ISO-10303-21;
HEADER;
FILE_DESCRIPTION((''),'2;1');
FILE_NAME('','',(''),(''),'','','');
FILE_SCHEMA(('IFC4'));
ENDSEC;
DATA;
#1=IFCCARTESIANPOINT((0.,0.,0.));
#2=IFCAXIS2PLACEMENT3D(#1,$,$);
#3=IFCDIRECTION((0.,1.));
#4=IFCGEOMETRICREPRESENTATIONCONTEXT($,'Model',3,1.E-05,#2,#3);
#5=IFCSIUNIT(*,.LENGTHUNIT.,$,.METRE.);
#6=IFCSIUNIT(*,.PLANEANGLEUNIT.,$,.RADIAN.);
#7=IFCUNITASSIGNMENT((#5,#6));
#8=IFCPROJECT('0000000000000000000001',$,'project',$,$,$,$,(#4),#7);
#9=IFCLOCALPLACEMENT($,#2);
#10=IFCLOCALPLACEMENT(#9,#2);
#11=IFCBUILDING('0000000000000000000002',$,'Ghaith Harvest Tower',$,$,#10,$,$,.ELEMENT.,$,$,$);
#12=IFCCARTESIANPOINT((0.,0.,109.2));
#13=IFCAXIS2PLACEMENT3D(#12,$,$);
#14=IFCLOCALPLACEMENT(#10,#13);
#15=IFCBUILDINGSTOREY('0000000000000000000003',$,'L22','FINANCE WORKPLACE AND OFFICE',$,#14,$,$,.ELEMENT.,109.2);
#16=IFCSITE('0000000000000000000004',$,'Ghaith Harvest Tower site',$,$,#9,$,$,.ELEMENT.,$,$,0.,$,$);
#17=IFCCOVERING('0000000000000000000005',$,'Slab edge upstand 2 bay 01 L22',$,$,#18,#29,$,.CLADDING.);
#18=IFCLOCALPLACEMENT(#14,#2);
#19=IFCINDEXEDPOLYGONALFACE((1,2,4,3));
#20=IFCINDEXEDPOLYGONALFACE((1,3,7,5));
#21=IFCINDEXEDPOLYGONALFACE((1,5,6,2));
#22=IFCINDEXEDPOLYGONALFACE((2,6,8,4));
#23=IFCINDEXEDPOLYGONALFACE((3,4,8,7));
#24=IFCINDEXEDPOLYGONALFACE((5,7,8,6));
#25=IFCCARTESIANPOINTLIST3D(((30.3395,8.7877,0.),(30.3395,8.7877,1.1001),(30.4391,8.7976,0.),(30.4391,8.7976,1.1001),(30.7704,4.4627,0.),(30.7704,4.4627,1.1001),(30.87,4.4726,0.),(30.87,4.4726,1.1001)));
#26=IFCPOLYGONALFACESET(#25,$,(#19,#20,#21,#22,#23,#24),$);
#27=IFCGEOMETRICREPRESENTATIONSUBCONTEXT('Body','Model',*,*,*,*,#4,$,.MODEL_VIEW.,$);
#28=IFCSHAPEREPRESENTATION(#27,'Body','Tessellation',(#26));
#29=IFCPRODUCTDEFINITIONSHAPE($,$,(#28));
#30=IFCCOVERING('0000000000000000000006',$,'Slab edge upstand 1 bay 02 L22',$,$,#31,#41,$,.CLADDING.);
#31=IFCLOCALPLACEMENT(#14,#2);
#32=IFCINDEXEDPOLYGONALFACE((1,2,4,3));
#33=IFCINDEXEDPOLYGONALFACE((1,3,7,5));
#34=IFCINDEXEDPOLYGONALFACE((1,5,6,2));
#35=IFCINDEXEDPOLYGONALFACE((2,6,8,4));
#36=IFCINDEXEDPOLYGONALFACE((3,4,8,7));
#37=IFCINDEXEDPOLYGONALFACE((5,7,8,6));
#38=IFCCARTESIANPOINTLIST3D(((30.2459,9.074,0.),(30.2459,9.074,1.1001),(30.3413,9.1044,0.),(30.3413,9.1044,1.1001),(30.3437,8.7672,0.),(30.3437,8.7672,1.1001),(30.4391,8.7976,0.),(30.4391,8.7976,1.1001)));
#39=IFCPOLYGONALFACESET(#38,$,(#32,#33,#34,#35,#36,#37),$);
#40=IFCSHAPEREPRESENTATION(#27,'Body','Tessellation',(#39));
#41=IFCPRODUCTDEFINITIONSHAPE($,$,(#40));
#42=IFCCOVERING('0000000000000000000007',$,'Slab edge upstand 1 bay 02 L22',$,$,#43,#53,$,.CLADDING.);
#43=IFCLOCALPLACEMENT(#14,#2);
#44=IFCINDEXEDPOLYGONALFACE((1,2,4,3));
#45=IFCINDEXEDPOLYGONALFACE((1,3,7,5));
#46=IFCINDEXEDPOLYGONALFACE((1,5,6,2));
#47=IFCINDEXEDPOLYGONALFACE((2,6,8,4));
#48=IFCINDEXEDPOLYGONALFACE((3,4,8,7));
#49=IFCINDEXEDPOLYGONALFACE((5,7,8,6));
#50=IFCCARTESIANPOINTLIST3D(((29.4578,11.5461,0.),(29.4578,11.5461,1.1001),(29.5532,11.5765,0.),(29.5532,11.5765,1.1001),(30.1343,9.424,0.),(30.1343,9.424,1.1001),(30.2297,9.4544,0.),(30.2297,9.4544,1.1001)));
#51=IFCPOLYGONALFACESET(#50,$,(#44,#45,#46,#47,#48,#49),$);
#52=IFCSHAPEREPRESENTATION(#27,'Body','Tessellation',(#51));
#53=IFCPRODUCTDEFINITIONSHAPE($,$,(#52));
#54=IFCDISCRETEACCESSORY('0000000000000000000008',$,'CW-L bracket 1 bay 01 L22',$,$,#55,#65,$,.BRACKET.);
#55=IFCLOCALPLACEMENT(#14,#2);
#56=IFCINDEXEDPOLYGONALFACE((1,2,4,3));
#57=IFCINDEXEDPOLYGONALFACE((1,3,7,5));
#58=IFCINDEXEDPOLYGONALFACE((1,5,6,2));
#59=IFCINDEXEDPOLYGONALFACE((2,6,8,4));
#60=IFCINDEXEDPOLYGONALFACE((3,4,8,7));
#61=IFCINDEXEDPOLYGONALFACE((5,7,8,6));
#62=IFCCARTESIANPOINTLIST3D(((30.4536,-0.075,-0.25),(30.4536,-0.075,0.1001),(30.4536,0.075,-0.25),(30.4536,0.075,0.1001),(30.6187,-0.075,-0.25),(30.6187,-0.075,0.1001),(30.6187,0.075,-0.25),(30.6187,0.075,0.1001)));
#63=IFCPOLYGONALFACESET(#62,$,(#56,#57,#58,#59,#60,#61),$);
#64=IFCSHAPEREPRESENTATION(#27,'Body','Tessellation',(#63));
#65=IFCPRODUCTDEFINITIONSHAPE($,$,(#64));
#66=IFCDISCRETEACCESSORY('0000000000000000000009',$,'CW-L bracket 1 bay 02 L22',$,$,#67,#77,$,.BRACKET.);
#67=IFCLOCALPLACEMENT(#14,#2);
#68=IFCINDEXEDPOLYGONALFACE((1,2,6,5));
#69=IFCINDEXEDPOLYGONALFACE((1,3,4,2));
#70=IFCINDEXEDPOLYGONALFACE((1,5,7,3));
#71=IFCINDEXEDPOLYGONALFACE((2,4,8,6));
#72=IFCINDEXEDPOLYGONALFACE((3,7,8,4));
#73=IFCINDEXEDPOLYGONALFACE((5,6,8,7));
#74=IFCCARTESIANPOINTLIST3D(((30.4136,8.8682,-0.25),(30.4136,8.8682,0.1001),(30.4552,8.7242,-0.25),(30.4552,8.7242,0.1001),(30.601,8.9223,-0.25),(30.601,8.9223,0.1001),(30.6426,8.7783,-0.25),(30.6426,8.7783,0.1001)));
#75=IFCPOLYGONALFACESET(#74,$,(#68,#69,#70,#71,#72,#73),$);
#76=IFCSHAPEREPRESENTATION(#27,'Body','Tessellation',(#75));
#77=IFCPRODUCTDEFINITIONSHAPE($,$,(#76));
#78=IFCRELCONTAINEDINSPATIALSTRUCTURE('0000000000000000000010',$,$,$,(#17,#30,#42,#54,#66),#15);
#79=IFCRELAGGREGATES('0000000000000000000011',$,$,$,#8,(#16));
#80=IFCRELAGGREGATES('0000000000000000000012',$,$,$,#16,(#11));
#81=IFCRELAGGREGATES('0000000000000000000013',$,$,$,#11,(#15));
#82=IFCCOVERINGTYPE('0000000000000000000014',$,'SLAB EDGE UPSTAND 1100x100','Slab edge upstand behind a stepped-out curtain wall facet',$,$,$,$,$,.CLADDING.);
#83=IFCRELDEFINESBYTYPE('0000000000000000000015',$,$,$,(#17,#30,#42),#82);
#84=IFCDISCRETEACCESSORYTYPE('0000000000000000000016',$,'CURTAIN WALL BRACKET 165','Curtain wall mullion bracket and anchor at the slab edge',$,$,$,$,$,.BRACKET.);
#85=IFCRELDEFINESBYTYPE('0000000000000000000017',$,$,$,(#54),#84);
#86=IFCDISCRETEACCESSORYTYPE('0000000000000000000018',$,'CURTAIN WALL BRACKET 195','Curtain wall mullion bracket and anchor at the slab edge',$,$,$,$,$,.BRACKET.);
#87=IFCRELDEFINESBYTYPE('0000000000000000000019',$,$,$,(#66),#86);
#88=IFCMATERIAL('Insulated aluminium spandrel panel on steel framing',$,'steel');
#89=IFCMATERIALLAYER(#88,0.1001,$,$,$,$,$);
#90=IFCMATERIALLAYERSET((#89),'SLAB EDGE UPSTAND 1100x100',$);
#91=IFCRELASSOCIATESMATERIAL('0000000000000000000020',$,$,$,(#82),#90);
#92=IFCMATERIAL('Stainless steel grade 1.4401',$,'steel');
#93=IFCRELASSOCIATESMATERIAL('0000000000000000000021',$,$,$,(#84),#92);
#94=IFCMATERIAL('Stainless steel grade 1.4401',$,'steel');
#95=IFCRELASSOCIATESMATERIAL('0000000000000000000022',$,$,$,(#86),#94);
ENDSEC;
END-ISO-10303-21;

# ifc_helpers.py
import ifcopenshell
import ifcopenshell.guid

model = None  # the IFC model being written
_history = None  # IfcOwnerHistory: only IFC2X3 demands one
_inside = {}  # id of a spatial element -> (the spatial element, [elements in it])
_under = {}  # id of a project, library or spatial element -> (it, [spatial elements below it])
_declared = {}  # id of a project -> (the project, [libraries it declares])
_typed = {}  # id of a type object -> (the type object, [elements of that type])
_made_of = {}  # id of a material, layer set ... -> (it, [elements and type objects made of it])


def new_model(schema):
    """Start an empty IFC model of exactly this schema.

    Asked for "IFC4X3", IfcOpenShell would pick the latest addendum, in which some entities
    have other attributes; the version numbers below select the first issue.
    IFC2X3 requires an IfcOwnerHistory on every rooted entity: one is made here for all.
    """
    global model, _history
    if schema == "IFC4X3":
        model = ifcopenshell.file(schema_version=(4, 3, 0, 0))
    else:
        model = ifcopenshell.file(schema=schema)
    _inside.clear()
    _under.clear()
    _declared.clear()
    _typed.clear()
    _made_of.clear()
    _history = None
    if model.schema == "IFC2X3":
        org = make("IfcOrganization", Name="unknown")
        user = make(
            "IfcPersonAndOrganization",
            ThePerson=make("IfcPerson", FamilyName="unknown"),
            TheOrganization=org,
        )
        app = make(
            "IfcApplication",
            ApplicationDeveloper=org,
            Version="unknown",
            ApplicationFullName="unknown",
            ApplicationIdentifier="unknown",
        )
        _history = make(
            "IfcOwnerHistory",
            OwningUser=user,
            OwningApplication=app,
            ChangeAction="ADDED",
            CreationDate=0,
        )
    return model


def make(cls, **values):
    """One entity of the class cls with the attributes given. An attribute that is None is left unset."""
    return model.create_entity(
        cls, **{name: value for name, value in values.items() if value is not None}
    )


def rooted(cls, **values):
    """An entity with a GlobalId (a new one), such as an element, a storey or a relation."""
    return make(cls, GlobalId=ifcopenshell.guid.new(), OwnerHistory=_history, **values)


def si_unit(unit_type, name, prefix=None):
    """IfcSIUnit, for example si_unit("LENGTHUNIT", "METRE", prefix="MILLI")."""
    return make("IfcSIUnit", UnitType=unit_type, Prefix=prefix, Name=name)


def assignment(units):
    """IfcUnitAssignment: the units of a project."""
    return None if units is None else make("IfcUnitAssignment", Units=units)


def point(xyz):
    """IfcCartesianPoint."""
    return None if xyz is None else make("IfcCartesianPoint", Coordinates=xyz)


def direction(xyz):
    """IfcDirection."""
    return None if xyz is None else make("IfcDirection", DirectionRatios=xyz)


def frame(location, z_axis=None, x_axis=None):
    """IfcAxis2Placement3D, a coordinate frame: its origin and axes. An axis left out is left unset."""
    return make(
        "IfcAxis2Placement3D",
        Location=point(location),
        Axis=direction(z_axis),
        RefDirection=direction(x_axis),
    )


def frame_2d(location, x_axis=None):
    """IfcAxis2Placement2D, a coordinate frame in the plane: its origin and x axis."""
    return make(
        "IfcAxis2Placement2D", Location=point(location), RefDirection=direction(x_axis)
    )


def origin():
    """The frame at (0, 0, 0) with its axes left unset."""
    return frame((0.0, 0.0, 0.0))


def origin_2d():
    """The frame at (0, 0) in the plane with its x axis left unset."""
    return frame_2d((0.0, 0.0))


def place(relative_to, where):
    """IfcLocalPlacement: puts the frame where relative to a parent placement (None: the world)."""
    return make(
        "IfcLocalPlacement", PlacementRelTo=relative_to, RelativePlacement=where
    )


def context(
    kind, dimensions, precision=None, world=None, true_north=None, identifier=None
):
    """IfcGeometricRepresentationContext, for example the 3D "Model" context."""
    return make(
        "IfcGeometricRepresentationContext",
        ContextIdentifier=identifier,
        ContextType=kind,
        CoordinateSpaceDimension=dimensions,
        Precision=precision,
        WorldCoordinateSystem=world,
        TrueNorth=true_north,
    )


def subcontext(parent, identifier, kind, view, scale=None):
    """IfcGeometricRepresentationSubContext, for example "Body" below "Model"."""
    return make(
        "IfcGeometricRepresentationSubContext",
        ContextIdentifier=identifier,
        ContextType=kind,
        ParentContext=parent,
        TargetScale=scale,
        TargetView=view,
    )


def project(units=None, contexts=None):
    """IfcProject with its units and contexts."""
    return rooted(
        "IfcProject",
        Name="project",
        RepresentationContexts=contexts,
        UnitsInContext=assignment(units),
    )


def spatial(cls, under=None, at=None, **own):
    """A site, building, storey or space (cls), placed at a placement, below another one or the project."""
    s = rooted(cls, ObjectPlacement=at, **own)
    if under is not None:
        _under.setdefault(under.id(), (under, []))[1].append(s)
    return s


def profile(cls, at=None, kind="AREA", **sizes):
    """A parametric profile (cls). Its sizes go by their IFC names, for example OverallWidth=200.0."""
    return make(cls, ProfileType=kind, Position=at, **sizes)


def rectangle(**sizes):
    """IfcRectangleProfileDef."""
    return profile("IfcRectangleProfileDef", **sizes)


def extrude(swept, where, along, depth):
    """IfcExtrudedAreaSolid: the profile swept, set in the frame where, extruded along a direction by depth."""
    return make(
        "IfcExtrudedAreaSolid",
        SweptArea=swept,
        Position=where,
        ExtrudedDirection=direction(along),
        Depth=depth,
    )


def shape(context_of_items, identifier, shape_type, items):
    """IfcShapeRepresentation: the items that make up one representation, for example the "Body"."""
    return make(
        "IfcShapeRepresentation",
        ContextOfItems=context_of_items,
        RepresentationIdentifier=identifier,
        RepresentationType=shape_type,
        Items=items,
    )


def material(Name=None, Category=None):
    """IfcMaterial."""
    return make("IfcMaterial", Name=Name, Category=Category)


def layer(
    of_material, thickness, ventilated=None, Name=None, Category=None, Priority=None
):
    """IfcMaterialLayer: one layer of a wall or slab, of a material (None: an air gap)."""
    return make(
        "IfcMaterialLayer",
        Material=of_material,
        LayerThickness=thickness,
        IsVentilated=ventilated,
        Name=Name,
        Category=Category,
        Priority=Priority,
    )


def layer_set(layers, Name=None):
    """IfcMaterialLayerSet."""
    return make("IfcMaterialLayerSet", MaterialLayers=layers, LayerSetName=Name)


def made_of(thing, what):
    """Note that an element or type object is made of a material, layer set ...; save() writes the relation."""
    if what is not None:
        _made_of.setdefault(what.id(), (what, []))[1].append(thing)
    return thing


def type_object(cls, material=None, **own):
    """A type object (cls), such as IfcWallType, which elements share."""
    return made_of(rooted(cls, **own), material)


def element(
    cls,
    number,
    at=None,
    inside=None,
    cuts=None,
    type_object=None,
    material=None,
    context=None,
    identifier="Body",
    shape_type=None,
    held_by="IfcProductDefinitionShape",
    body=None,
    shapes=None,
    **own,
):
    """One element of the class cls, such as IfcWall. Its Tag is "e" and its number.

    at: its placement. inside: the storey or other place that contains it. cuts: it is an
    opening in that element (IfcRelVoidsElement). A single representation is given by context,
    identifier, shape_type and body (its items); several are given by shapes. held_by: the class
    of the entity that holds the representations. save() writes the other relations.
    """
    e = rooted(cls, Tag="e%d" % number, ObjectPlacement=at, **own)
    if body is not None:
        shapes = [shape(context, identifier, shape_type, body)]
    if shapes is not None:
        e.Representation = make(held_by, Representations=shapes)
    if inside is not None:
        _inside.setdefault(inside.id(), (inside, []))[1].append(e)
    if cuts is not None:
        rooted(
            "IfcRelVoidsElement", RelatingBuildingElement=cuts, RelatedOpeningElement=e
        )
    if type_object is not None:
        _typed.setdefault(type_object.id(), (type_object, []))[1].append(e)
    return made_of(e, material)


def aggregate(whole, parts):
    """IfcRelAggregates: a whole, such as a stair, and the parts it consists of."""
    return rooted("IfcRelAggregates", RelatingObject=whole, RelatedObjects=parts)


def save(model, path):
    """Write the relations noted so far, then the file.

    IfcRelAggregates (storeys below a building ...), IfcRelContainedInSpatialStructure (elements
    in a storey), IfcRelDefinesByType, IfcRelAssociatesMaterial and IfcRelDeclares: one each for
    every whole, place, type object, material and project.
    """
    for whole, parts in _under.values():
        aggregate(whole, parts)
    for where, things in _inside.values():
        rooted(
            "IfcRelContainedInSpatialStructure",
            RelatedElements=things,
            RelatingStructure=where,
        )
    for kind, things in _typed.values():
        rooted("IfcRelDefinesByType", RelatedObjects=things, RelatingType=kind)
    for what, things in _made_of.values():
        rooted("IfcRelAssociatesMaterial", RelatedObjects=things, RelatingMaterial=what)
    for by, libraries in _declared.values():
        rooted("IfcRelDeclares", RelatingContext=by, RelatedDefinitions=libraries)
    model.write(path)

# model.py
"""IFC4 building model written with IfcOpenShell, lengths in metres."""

from ifc_helpers import new_model, si_unit, direction, frame, origin, origin_2d, place, context, subcontext, project, spatial, rectangle, extrude, material, layer, layer_set, type_object, element, save


model = new_model("IFC4")

# Units and contexts
model_context = context("Model", 3, precision=1e-05, world=origin(), true_north=direction((0.0, 1.0)))
body_context = subcontext(model_context, "Body", "Model", "MODEL_VIEW")
ifc_project = project(units=[si_unit("LENGTHUNIT", "METRE"), si_unit("PLANEANGLEUNIT", "RADIAN")], contexts=[model_context])

# Site, building, storey
site_placement = place(None, origin())
site = spatial("IfcSite", under=ifc_project, at=site_placement, Name="Ghaith Harvest Tower site", CompositionType="ELEMENT", RefElevation=0.0)
building_placement = place(site_placement, origin())
building = spatial("IfcBuilding", under=site, at=building_placement, Name="Ghaith Harvest Tower", CompositionType="ELEMENT")
storey_placement = place(building_placement, frame((0.0, 0.0, 109.2)))
storey = spatial("IfcBuildingStorey", under=building, at=storey_placement, Name="L22", Description="FINANCE WORKPLACE AND OFFICE", CompositionType="ELEMENT", Elevation=109.2)

# Coverings
ifc_material_1 = material(Name="Insulated aluminium spandrel panel on steel framing", Category="steel")
ifc_layer_1 = layer(ifc_material_1, 0.1001)
ifc_layer_set_1 = layer_set([ifc_layer_1], Name="SLAB EDGE UPSTAND 1100x100")
covering_type = type_object("IfcCoveringType", Name="SLAB EDGE UPSTAND 1100x100", Description="Slab edge upstand behind a stepped-out curtain wall facet", PredefinedType="CLADDING", material=ifc_layer_set_1)
covering_1_placement = place(storey_placement, frame((30.6047, 6.6301, 0.0), z_axis=(0.0, 0.0, 1.0), x_axis=(-0.099132, 0.995074, 0.0)))
element("IfcCovering", 1, at=covering_1_placement, inside=storey, type_object=covering_type, Name="Slab edge upstand 2 bay 01 L22", PredefinedType="CLADDING", context=body_context, shape_type="SweptSolid", body=[
    extrude(rectangle(XDim=4.3464, YDim=0.1001, at=origin_2d()), origin(), (0.0, 0.0, 1.0), 1.1001),
])
covering_2_placement = place(storey_placement, frame((30.3425, 8.9358, 0.0), z_axis=(0.0, 0.0, 1.0), x_axis=(-0.303717, 0.952762, 0.0)))
element("IfcCovering", 2, at=covering_2_placement, inside=storey, type_object=covering_type, Name="Slab edge upstand 1 bay 02 L22", PredefinedType="CLADDING", context=body_context, shape_type="SweptSolid", body=[
    extrude(rectangle(XDim=0.322, YDim=0.1001, at=origin_2d()), origin(), (0.0, 0.0, 1.0), 1.1001),
])
covering_3_placement = place(storey_placement, frame((29.8438, 10.5002, 0.0), z_axis=(0.0, 0.0, 1.0), x_axis=(-0.303717, 0.952762, 0.0)))
element("IfcCovering", 3, at=covering_3_placement, inside=storey, type_object=covering_type, Name="Slab edge upstand 1 bay 02 L22", PredefinedType="CLADDING", context=body_context, shape_type="SweptSolid", body=[
    extrude(rectangle(XDim=2.2273, YDim=0.1001, at=origin_2d()), origin(), (0.0, 0.0, 1.0), 1.1001),
])

# Discrete accessories
ifc_material_2 = material(Name="Stainless steel grade 1.4401", Category="steel")
discrete_accessory_type_1 = type_object("IfcDiscreteAccessoryType", Name="CURTAIN WALL BRACKET 165", Description="Curtain wall mullion bracket and anchor at the slab edge", PredefinedType="BRACKET", material=ifc_material_2)
discrete_accessory_1_placement = place(storey_placement, frame((30.5361, 0.0, -0.25), z_axis=(0.0, 0.0, 1.0), x_axis=(1.0, 0.0, 0.0)))
element("IfcDiscreteAccessory", 4, at=discrete_accessory_1_placement, inside=storey, type_object=discrete_accessory_type_1, Name="CW-L bracket 1 bay 01 L22", PredefinedType="BRACKET", context=body_context, shape_type="SweptSolid", body=[
    extrude(rectangle(XDim=0.165, YDim=0.1499, at=origin_2d()), origin(), (0.0, 0.0, 1.0), 0.3501),
])
ifc_material_3 = material(Name="Stainless steel grade 1.4401", Category="steel")
discrete_accessory_type_2 = type_object("IfcDiscreteAccessoryType", Name="CURTAIN WALL BRACKET 195", Description="Curtain wall mullion bracket and anchor at the slab edge", PredefinedType="BRACKET", material=ifc_material_3)
discrete_accessory_2_placement = place(storey_placement, frame((30.5281, 8.8232, -0.25), z_axis=(0.0, 0.0, 1.0), x_axis=(0.96068, 0.277657, 0.0)))
element("IfcDiscreteAccessory", 5, at=discrete_accessory_2_placement, inside=storey, type_object=discrete_accessory_type_2, Name="CW-L bracket 1 bay 02 L22", PredefinedType="BRACKET", context=body_context, shape_type="SweptSolid", body=[
    extrude(rectangle(XDim=0.1951, YDim=0.1499, at=origin_2d()), origin(), (0.0, 0.0, 1.0), 0.3501),
])

save(model, "model.ifc")
